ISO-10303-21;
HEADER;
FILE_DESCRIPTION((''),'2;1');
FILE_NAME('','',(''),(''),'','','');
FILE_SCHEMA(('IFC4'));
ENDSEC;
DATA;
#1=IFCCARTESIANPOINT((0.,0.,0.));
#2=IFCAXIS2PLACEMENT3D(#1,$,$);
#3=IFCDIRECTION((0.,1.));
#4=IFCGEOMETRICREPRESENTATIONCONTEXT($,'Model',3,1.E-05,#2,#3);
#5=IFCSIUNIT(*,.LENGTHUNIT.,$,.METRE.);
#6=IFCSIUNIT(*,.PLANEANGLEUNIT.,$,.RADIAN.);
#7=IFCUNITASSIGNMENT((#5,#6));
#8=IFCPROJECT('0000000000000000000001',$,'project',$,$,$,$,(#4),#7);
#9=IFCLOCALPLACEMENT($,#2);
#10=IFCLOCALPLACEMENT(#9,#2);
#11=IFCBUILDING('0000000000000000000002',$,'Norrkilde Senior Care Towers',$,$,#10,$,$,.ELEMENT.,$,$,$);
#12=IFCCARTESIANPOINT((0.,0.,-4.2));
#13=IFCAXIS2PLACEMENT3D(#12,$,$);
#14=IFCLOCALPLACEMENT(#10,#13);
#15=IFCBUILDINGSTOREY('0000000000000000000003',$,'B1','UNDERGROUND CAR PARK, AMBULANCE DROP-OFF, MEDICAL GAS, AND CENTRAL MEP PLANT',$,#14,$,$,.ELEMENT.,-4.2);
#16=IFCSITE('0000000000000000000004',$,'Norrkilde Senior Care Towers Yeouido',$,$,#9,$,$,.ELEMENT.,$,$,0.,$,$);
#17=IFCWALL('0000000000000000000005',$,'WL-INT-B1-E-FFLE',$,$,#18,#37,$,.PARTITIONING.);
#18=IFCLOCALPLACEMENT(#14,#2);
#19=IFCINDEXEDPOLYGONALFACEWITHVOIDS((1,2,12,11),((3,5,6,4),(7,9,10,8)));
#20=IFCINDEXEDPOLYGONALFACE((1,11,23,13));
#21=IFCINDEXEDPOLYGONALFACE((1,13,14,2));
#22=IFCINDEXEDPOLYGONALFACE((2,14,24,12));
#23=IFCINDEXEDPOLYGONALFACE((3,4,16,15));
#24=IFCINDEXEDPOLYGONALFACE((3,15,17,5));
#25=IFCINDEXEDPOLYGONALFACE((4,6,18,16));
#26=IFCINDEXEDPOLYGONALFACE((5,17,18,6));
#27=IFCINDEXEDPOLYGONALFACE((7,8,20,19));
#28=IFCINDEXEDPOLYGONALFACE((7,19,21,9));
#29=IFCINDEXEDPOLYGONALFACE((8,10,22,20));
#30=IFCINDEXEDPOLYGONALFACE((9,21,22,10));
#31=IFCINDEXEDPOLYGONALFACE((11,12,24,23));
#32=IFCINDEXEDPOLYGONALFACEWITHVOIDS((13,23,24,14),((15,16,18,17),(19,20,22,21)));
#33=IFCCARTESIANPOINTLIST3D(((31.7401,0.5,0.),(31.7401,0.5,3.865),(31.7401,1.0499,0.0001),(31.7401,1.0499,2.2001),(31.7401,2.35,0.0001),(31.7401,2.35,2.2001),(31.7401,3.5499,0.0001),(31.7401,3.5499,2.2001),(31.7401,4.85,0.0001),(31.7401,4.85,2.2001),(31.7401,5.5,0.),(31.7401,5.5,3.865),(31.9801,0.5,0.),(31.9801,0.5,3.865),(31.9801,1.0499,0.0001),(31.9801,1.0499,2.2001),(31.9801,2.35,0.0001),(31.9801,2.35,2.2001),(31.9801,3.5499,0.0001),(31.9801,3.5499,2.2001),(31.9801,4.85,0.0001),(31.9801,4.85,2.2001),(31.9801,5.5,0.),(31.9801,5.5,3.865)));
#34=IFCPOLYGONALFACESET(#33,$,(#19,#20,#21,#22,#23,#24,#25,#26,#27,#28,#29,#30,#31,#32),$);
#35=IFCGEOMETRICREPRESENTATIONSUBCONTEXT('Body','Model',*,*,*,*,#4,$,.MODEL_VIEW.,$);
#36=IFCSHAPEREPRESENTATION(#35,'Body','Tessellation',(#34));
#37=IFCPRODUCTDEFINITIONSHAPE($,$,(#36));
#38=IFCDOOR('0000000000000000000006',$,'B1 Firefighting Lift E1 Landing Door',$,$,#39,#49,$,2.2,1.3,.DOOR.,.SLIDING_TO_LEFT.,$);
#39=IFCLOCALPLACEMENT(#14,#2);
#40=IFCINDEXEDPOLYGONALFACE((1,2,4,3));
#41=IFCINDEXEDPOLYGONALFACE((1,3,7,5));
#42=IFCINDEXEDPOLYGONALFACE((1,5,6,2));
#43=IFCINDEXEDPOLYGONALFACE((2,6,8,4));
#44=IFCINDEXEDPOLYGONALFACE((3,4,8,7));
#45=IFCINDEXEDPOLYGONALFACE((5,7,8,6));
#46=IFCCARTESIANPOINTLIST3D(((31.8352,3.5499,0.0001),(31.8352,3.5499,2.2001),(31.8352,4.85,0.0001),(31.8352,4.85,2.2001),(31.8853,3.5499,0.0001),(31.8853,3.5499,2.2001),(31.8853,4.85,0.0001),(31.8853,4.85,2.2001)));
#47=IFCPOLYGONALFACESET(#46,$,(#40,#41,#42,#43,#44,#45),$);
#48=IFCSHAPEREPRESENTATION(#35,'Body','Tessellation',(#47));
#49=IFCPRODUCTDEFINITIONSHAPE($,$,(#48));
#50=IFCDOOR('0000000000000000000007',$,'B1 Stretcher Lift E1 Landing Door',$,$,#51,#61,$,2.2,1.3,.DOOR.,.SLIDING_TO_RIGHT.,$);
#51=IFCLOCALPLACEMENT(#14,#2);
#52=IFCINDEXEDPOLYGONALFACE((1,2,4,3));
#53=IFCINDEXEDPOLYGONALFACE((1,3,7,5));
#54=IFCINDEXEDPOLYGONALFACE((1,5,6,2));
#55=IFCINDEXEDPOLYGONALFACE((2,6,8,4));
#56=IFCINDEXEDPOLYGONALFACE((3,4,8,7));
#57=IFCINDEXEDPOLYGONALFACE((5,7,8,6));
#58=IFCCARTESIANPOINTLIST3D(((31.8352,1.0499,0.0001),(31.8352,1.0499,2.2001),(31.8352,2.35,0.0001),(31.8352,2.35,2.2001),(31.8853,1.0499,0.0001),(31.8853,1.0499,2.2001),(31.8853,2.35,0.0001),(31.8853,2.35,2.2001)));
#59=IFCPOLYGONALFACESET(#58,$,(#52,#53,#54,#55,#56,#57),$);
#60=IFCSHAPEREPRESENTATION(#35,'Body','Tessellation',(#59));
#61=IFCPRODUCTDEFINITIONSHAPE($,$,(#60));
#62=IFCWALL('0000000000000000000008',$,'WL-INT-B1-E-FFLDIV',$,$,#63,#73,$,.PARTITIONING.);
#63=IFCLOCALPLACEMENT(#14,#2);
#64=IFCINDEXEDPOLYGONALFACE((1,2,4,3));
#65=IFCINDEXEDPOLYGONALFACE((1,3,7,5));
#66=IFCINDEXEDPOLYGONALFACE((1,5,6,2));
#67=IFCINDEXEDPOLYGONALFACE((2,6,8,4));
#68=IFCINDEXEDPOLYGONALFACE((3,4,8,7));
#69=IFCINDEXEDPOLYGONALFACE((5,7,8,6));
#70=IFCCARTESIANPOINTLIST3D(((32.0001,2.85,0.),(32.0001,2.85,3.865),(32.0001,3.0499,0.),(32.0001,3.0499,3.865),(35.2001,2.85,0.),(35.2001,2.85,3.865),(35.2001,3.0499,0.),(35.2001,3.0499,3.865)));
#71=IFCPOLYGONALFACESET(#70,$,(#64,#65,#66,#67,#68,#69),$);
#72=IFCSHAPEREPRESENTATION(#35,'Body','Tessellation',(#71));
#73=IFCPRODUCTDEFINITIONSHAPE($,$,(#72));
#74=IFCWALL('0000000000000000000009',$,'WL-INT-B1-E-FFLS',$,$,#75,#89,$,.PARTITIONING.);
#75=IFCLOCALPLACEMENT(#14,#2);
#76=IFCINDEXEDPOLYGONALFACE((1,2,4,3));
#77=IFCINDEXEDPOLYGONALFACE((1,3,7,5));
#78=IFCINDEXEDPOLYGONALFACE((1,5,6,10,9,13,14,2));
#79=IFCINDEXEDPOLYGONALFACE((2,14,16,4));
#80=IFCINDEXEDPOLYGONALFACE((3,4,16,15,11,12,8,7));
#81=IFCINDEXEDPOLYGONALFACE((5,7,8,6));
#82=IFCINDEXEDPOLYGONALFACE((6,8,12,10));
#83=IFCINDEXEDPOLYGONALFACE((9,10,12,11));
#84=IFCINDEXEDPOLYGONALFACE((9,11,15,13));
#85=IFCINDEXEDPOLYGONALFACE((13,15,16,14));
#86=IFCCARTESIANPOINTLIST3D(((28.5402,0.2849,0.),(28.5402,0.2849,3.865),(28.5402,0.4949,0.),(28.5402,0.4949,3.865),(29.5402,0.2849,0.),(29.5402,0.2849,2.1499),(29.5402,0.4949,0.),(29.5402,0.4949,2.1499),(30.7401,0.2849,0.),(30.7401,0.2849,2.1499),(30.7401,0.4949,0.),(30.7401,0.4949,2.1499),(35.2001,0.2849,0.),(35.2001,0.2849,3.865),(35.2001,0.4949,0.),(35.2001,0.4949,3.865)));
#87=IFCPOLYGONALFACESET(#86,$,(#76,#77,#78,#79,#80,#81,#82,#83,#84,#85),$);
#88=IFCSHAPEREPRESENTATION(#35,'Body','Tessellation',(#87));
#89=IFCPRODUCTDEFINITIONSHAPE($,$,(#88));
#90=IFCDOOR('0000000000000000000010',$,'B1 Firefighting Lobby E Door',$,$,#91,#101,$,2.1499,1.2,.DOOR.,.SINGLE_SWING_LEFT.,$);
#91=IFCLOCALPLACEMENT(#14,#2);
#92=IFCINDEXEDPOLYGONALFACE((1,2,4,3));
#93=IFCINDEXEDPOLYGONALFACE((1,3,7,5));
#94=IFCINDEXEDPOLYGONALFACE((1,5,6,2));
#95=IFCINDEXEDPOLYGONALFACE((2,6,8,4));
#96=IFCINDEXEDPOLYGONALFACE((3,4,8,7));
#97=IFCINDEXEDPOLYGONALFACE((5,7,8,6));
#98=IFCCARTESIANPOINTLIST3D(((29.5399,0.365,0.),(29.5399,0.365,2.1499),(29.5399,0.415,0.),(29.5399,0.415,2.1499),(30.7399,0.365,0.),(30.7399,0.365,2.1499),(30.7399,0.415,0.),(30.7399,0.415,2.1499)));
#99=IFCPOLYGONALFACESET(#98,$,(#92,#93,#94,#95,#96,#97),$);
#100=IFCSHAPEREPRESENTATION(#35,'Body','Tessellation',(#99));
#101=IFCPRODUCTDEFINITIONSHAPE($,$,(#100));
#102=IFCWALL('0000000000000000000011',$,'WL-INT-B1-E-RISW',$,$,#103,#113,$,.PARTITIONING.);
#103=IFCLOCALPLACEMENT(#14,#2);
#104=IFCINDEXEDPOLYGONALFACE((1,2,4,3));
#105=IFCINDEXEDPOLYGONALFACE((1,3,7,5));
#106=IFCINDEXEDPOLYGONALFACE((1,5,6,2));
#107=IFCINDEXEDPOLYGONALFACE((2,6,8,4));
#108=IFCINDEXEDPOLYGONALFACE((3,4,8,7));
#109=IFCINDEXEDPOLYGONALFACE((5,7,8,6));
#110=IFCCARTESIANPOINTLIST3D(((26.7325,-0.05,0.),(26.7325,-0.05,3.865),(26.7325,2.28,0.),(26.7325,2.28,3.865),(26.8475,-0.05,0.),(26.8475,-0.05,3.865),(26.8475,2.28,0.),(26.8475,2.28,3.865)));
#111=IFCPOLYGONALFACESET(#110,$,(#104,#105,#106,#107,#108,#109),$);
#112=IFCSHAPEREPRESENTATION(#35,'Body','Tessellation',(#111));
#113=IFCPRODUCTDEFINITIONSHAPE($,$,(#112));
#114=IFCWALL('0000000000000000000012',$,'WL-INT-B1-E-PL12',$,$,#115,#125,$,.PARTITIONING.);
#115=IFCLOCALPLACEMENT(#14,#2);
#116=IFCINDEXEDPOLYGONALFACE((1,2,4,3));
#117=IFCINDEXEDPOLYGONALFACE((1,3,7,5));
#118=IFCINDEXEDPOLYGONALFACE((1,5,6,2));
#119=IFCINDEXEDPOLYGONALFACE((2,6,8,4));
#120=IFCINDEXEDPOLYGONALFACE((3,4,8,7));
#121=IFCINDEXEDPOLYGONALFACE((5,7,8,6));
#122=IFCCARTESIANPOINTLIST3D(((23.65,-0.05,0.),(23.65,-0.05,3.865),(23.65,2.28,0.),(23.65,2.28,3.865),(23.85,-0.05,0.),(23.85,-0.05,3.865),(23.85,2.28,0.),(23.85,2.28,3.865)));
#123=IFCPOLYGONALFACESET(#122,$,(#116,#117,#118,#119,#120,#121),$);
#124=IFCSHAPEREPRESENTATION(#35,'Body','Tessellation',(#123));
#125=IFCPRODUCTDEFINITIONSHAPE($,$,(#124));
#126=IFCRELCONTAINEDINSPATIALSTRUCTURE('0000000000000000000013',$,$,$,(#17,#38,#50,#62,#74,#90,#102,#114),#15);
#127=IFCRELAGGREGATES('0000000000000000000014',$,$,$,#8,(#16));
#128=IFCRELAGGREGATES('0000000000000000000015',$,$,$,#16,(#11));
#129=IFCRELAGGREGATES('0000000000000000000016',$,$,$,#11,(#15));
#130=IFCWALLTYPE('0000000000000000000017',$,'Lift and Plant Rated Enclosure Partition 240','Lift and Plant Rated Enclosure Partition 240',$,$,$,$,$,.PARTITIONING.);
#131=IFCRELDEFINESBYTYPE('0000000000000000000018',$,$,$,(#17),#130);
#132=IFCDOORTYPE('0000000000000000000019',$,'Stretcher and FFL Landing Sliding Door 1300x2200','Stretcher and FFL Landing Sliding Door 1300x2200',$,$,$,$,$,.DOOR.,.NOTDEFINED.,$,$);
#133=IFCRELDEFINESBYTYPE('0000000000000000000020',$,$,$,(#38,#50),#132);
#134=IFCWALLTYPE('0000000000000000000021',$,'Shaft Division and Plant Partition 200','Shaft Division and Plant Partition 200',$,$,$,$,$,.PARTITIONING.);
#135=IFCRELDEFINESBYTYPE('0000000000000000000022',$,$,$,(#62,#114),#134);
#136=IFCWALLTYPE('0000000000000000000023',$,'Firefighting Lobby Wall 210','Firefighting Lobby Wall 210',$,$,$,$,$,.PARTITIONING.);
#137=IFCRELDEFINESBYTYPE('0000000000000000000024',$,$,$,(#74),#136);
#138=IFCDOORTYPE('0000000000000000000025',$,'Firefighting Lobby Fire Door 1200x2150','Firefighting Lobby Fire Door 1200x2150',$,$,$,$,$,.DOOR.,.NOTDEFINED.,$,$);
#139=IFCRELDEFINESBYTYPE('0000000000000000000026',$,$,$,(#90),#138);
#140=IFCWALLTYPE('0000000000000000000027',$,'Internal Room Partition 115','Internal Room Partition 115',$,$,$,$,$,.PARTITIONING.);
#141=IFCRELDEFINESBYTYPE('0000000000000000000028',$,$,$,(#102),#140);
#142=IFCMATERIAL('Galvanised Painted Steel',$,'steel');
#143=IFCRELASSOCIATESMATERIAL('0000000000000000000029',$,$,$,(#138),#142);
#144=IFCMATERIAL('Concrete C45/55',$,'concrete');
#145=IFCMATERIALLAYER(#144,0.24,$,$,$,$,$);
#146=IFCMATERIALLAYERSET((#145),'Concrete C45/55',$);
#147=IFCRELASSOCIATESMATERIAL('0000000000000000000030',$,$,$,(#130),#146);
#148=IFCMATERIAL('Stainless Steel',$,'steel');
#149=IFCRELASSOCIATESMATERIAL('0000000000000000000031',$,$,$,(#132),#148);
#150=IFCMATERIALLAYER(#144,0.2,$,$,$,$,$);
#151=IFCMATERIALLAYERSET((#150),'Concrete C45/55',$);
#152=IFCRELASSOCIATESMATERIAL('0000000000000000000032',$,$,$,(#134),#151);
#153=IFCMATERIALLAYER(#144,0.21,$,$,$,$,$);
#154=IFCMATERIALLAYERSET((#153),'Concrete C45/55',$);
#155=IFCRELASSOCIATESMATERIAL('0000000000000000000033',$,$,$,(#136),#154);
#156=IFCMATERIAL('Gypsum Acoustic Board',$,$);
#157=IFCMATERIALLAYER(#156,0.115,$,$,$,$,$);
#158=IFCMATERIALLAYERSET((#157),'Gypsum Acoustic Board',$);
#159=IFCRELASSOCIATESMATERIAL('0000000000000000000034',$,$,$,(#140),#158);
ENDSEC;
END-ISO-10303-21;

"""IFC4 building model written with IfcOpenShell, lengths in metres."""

from ifc_helpers import new_model, si_unit, direction, frame, frame_2d, origin, place, context, subcontext, project, spatial, rectangle, extrude, source, transform, mapped, material, layer, layer_set, type_object, type_shapes, element, fill, save


model = new_model("IFC4")

# Units and contexts
model_context = context("Model", 3, precision=1e-05, world=origin(), true_north=direction((0.0, 1.0)))
body_context = subcontext(model_context, "Body", "Model", "MODEL_VIEW")
ifc_project = project(units=[si_unit("LENGTHUNIT", "METRE"), si_unit("PLANEANGLEUNIT", "RADIAN")], contexts=[model_context])

# Site, building, storey
site_placement = place(None, origin())
site = spatial("IfcSite", under=ifc_project, at=site_placement, Name="Norrkilde Senior Care Towers Yeouido", CompositionType="ELEMENT", RefElevation=0.0)
building_placement = place(site_placement, origin())
building = spatial("IfcBuilding", under=site, at=building_placement, Name="Norrkilde Senior Care Towers", CompositionType="ELEMENT")
storey_placement = place(building_placement, frame((0.0, 0.0, -4.2)))
storey = spatial("IfcBuildingStorey", under=building, at=storey_placement, Name="B1", Description="UNDERGROUND CAR PARK, AMBULANCE DROP-OFF, MEDICAL GAS, AND CENTRAL MEP PLANT", CompositionType="ELEMENT", Elevation=-4.2)

# Shared definitions
ifc_material_1 = material(Name="Galvanised Painted Steel", Category="steel")
door_type_1 = type_object("IfcDoorType", Name="Firefighting Lobby Fire Door 1200x2150", Description="Firefighting Lobby Fire Door 1200x2150", OperationType="NOTDEFINED", PredefinedType="DOOR", material=ifc_material_1)
shared_shape_1 = source(origin(), body_context, "Body", "SweptSolid", [
    extrude(rectangle(XDim=1.2, YDim=2.1499, at=frame_2d((0.6001, 1.075))), frame((0.0, 0.0249, 0.0), z_axis=(0.0, -1.0, 0.0), x_axis=(1.0, 0.0, 0.0)), (0.0, 0.0, 1.0), 0.05),
])
type_shapes(door_type_1, [shared_shape_1])

# Shared definitions
ifc_material_2 = material(Name="Concrete C45/55", Category="concrete")

# Wall, openings, doors
ifc_layer_1 = layer(ifc_material_2, 0.24)
ifc_layer_set_1 = layer_set([ifc_layer_1], Name="Concrete C45/55")
wall_type_1 = type_object("IfcWallType", Name="Lift and Plant Rated Enclosure Partition 240", Description="Lift and Plant Rated Enclosure Partition 240", PredefinedType="PARTITIONING", material=ifc_layer_set_1)
shared_shape_2 = source(origin(), body_context, "Body", "SweptSolid", [
    extrude(rectangle(XDim=5.0, YDim=0.24, at=frame_2d((2.5, 0.0))), origin(), (0.0, 0.0, 1.0), 3.865),
])
type_shapes(wall_type_1, [shared_shape_2])
wall_1_placement = place(storey_placement, frame((31.8601, 0.5, 0.0), z_axis=(0.0, 0.0, 1.0), x_axis=(0.0, 1.0, 0.0)))
wall_1 = element("IfcWall", 1, at=wall_1_placement, inside=storey, type_object=wall_type_1, Name="WL-INT-B1-E-FFLE", PredefinedType="PARTITIONING", context=body_context, shape_type="MappedRepresentation", body=[
    mapped(shared_shape_2, transform((0.0, 0.0, 0.0), x_axis=(1.0, 0.0, 0.0), y_axis=(0.0, 1.0, 0.0), z_axis=(0.0, 0.0, 1.0), scale=1.0)),
])
opening_1_placement = place(wall_1_placement, frame((3.05, 0.0, 0.0)))
opening_1 = element("IfcOpeningElement", 2, at=opening_1_placement, cuts=wall_1, PredefinedType="OPENING", context=body_context, shape_type="SweptSolid", body=[
    extrude(rectangle(XDim=1.3, YDim=2.2, at=frame_2d((0.6499, 1.1001))), frame((0.0, 0.1299, 0.0), z_axis=(0.0, -1.0, 0.0), x_axis=(1.0, 0.0, 0.0)), (0.0, 0.0, 1.0), 0.26),
])
opening_2_placement = place(wall_1_placement, frame((0.55, 0.0, 0.0)))
opening_2 = element("IfcOpeningElement", 3, at=opening_2_placement, cuts=wall_1, PredefinedType="OPENING", context=body_context, shape_type="SweptSolid", body=[
    extrude(rectangle(XDim=1.3, YDim=2.2, at=frame_2d((0.6499, 1.1001))), frame((0.0, 0.1299, 0.0), z_axis=(0.0, -1.0, 0.0), x_axis=(1.0, 0.0, 0.0)), (0.0, 0.0, 1.0), 0.26),
])
ifc_material_3 = material(Name="Stainless Steel", Category="steel")
door_type_2 = type_object("IfcDoorType", Name="Stretcher and FFL Landing Sliding Door 1300x2200", Description="Stretcher and FFL Landing Sliding Door 1300x2200", OperationType="NOTDEFINED", PredefinedType="DOOR", material=ifc_material_3)
shared_shape_3 = source(origin(), body_context, "Body", "SweptSolid", [
    extrude(rectangle(XDim=1.3, YDim=2.2, at=frame_2d((0.6499, 1.1001))), frame((0.0, 0.0249, 0.0), z_axis=(0.0, -1.0, 0.0), x_axis=(1.0, 0.0, 0.0)), (0.0, 0.0, 1.0), 0.05),
])
type_shapes(door_type_2, [shared_shape_3])
door_1_placement = place(opening_1_placement, origin())
door_1 = element("IfcDoor", 4, at=door_1_placement, inside=storey, type_object=door_type_2, Name="B1 Firefighting Lift E1 Landing Door", OperationType="SLIDING_TO_LEFT", OverallHeight=2.2, OverallWidth=1.3, PredefinedType="DOOR", context=body_context, shape_type="MappedRepresentation", body=[
    mapped(shared_shape_3, transform((0.0, 0.0, 0.0), x_axis=(1.0, 0.0, 0.0), y_axis=(0.0, 1.0, 0.0), z_axis=(0.0, 0.0, 1.0), scale=1.0)),
])
fill(opening_1, door_1)
door_2_placement = place(opening_2_placement, origin())
door_2 = element("IfcDoor", 5, at=door_2_placement, inside=storey, type_object=door_type_2, Name="B1 Stretcher Lift E1 Landing Door", OperationType="SLIDING_TO_RIGHT", OverallHeight=2.2, OverallWidth=1.3, PredefinedType="DOOR", context=body_context, shape_type="MappedRepresentation", body=[
    mapped(shared_shape_3, transform((0.0, 0.0, 0.0), x_axis=(1.0, 0.0, 0.0), y_axis=(0.0, 1.0, 0.0), z_axis=(0.0, 0.0, 1.0), scale=1.0)),
])
fill(opening_2, door_2)

# Wall
ifc_layer_2 = layer(ifc_material_2, 0.2)
ifc_layer_set_2 = layer_set([ifc_layer_2], Name="Concrete C45/55")
wall_type_2 = type_object("IfcWallType", Name="Shaft Division and Plant Partition 200", Description="Shaft Division and Plant Partition 200", PredefinedType="PARTITIONING", material=ifc_layer_set_2)
shared_shape_4 = source(origin(), body_context, "Body", "SweptSolid", [
    extrude(rectangle(XDim=3.2, YDim=0.2, at=frame_2d((1.6001, 0.0))), origin(), (0.0, 0.0, 1.0), 3.865),
])
wall_2_placement = place(storey_placement, frame((32.0, 2.95, 0.0), z_axis=(0.0, 0.0, 1.0), x_axis=(1.0, 0.0, 0.0)))
element("IfcWall", 6, at=wall_2_placement, inside=storey, type_object=wall_type_2, Name="WL-INT-B1-E-FFLDIV", PredefinedType="PARTITIONING", context=body_context, shape_type="MappedRepresentation", body=[
    mapped(shared_shape_4, transform((0.0, 0.0, 0.0), x_axis=(1.0, 0.0, 0.0), y_axis=(0.0, 1.0, 0.0), z_axis=(0.0, 0.0, 1.0), scale=1.0)),
])

# Wall, opening, door
ifc_layer_3 = layer(ifc_material_2, 0.21)
ifc_layer_set_3 = layer_set([ifc_layer_3], Name="Concrete C45/55")
wall_type_3 = type_object("IfcWallType", Name="Firefighting Lobby Wall 210", Description="Firefighting Lobby Wall 210", PredefinedType="PARTITIONING", material=ifc_layer_set_3)
shared_shape_5 = source(origin(), body_context, "Body", "SweptSolid", [
    extrude(rectangle(XDim=6.6599, YDim=0.21, at=frame_2d((3.3301, 0.0))), origin(), (0.0, 0.0, 1.0), 3.865),
])
type_shapes(wall_type_3, [shared_shape_5])
wall_3_placement = place(storey_placement, frame((28.54, 0.3899, 0.0), z_axis=(0.0, 0.0, 1.0), x_axis=(1.0, 0.0, 0.0)))
wall_3 = element("IfcWall", 7, at=wall_3_placement, inside=storey, type_object=wall_type_3, Name="WL-INT-B1-E-FFLS", PredefinedType="PARTITIONING", context=body_context, shape_type="MappedRepresentation", body=[
    mapped(shared_shape_5, transform((0.0, 0.0, 0.0), x_axis=(1.0, 0.0, 0.0), y_axis=(0.0, 1.0, 0.0), z_axis=(0.0, 0.0, 1.0), scale=1.0)),
])
opening_3_placement = place(wall_3_placement, frame((1.0, 0.0, 0.0)))
opening_3 = element("IfcOpeningElement", 8, at=opening_3_placement, cuts=wall_3, PredefinedType="OPENING", context=body_context, shape_type="SweptSolid", body=[
    extrude(rectangle(XDim=1.2, YDim=2.1499, at=frame_2d((0.6001, 1.075))), frame((0.0, 0.115, 0.0), z_axis=(0.0, -1.0, 0.0), x_axis=(1.0, 0.0, 0.0)), (0.0, 0.0, 1.0), 0.23),
])
door_3_placement = place(opening_3_placement, frame((1.2, 0.0, 0.0), z_axis=(0.0, 0.0, 1.0), x_axis=(-1.0, 0.0, 0.0)))
door_3 = element("IfcDoor", 9, at=door_3_placement, inside=storey, type_object=door_type_1, Name="B1 Firefighting Lobby E Door", OperationType="SINGLE_SWING_LEFT", OverallHeight=2.1499, OverallWidth=1.2, PredefinedType="DOOR", context=body_context, shape_type="MappedRepresentation", body=[
    mapped(shared_shape_1, transform((0.0, 0.0, 0.0), x_axis=(1.0, 0.0, 0.0), y_axis=(0.0, 1.0, 0.0), z_axis=(0.0, 0.0, 1.0), scale=1.0)),
])
fill(opening_3, door_3)

# Walls
ifc_material_4 = material(Name="Gypsum Acoustic Board")
ifc_layer_4 = layer(ifc_material_4, 0.115)
ifc_layer_set_4 = layer_set([ifc_layer_4], Name="Gypsum Acoustic Board")
wall_type_4 = type_object("IfcWallType", Name="Internal Room Partition 115", Description="Internal Room Partition 115", PredefinedType="PARTITIONING", material=ifc_layer_set_4)
shared_shape_6 = source(origin(), body_context, "Body", "SweptSolid", [
    extrude(rectangle(XDim=2.3301, YDim=0.115, at=frame_2d((1.165, 0.0))), origin(), (0.0, 0.0, 1.0), 3.865),
])
type_shapes(wall_type_4, [shared_shape_6])
wall_4_placement = place(storey_placement, frame((26.79, -0.05, 0.0), z_axis=(0.0, 0.0, 1.0), x_axis=(0.0, 1.0, 0.0)))
element("IfcWall", 10, at=wall_4_placement, inside=storey, type_object=wall_type_4, Name="WL-INT-B1-E-RISW", PredefinedType="PARTITIONING", context=body_context, shape_type="MappedRepresentation", body=[
    mapped(shared_shape_6, transform((0.0, 0.0, 0.0), x_axis=(1.0, 0.0, 0.0), y_axis=(0.0, 1.0, 0.0), z_axis=(0.0, 0.0, 1.0), scale=1.0)),
])
shared_shape_7 = source(origin(), body_context, "Body", "SweptSolid", [
    extrude(rectangle(XDim=2.3301, YDim=0.2, at=frame_2d((1.165, 0.0))), origin(), (0.0, 0.0, 1.0), 3.865),
])
type_shapes(wall_type_2, [shared_shape_4, shared_shape_7])
wall_5_placement = place(storey_placement, frame((23.75, -0.05, 0.0), z_axis=(0.0, 0.0, 1.0), x_axis=(0.0, 1.0, 0.0)))
element("IfcWall", 11, at=wall_5_placement, inside=storey, type_object=wall_type_2, Name="WL-INT-B1-E-PL12", PredefinedType="PARTITIONING", context=body_context, shape_type="MappedRepresentation", body=[
    mapped(shared_shape_7, transform((0.0, 0.0, 0.0), x_axis=(1.0, 0.0, 0.0), y_axis=(0.0, 1.0, 0.0), z_axis=(0.0, 0.0, 1.0), scale=1.0)),
])

save(model, "model.ifc")
